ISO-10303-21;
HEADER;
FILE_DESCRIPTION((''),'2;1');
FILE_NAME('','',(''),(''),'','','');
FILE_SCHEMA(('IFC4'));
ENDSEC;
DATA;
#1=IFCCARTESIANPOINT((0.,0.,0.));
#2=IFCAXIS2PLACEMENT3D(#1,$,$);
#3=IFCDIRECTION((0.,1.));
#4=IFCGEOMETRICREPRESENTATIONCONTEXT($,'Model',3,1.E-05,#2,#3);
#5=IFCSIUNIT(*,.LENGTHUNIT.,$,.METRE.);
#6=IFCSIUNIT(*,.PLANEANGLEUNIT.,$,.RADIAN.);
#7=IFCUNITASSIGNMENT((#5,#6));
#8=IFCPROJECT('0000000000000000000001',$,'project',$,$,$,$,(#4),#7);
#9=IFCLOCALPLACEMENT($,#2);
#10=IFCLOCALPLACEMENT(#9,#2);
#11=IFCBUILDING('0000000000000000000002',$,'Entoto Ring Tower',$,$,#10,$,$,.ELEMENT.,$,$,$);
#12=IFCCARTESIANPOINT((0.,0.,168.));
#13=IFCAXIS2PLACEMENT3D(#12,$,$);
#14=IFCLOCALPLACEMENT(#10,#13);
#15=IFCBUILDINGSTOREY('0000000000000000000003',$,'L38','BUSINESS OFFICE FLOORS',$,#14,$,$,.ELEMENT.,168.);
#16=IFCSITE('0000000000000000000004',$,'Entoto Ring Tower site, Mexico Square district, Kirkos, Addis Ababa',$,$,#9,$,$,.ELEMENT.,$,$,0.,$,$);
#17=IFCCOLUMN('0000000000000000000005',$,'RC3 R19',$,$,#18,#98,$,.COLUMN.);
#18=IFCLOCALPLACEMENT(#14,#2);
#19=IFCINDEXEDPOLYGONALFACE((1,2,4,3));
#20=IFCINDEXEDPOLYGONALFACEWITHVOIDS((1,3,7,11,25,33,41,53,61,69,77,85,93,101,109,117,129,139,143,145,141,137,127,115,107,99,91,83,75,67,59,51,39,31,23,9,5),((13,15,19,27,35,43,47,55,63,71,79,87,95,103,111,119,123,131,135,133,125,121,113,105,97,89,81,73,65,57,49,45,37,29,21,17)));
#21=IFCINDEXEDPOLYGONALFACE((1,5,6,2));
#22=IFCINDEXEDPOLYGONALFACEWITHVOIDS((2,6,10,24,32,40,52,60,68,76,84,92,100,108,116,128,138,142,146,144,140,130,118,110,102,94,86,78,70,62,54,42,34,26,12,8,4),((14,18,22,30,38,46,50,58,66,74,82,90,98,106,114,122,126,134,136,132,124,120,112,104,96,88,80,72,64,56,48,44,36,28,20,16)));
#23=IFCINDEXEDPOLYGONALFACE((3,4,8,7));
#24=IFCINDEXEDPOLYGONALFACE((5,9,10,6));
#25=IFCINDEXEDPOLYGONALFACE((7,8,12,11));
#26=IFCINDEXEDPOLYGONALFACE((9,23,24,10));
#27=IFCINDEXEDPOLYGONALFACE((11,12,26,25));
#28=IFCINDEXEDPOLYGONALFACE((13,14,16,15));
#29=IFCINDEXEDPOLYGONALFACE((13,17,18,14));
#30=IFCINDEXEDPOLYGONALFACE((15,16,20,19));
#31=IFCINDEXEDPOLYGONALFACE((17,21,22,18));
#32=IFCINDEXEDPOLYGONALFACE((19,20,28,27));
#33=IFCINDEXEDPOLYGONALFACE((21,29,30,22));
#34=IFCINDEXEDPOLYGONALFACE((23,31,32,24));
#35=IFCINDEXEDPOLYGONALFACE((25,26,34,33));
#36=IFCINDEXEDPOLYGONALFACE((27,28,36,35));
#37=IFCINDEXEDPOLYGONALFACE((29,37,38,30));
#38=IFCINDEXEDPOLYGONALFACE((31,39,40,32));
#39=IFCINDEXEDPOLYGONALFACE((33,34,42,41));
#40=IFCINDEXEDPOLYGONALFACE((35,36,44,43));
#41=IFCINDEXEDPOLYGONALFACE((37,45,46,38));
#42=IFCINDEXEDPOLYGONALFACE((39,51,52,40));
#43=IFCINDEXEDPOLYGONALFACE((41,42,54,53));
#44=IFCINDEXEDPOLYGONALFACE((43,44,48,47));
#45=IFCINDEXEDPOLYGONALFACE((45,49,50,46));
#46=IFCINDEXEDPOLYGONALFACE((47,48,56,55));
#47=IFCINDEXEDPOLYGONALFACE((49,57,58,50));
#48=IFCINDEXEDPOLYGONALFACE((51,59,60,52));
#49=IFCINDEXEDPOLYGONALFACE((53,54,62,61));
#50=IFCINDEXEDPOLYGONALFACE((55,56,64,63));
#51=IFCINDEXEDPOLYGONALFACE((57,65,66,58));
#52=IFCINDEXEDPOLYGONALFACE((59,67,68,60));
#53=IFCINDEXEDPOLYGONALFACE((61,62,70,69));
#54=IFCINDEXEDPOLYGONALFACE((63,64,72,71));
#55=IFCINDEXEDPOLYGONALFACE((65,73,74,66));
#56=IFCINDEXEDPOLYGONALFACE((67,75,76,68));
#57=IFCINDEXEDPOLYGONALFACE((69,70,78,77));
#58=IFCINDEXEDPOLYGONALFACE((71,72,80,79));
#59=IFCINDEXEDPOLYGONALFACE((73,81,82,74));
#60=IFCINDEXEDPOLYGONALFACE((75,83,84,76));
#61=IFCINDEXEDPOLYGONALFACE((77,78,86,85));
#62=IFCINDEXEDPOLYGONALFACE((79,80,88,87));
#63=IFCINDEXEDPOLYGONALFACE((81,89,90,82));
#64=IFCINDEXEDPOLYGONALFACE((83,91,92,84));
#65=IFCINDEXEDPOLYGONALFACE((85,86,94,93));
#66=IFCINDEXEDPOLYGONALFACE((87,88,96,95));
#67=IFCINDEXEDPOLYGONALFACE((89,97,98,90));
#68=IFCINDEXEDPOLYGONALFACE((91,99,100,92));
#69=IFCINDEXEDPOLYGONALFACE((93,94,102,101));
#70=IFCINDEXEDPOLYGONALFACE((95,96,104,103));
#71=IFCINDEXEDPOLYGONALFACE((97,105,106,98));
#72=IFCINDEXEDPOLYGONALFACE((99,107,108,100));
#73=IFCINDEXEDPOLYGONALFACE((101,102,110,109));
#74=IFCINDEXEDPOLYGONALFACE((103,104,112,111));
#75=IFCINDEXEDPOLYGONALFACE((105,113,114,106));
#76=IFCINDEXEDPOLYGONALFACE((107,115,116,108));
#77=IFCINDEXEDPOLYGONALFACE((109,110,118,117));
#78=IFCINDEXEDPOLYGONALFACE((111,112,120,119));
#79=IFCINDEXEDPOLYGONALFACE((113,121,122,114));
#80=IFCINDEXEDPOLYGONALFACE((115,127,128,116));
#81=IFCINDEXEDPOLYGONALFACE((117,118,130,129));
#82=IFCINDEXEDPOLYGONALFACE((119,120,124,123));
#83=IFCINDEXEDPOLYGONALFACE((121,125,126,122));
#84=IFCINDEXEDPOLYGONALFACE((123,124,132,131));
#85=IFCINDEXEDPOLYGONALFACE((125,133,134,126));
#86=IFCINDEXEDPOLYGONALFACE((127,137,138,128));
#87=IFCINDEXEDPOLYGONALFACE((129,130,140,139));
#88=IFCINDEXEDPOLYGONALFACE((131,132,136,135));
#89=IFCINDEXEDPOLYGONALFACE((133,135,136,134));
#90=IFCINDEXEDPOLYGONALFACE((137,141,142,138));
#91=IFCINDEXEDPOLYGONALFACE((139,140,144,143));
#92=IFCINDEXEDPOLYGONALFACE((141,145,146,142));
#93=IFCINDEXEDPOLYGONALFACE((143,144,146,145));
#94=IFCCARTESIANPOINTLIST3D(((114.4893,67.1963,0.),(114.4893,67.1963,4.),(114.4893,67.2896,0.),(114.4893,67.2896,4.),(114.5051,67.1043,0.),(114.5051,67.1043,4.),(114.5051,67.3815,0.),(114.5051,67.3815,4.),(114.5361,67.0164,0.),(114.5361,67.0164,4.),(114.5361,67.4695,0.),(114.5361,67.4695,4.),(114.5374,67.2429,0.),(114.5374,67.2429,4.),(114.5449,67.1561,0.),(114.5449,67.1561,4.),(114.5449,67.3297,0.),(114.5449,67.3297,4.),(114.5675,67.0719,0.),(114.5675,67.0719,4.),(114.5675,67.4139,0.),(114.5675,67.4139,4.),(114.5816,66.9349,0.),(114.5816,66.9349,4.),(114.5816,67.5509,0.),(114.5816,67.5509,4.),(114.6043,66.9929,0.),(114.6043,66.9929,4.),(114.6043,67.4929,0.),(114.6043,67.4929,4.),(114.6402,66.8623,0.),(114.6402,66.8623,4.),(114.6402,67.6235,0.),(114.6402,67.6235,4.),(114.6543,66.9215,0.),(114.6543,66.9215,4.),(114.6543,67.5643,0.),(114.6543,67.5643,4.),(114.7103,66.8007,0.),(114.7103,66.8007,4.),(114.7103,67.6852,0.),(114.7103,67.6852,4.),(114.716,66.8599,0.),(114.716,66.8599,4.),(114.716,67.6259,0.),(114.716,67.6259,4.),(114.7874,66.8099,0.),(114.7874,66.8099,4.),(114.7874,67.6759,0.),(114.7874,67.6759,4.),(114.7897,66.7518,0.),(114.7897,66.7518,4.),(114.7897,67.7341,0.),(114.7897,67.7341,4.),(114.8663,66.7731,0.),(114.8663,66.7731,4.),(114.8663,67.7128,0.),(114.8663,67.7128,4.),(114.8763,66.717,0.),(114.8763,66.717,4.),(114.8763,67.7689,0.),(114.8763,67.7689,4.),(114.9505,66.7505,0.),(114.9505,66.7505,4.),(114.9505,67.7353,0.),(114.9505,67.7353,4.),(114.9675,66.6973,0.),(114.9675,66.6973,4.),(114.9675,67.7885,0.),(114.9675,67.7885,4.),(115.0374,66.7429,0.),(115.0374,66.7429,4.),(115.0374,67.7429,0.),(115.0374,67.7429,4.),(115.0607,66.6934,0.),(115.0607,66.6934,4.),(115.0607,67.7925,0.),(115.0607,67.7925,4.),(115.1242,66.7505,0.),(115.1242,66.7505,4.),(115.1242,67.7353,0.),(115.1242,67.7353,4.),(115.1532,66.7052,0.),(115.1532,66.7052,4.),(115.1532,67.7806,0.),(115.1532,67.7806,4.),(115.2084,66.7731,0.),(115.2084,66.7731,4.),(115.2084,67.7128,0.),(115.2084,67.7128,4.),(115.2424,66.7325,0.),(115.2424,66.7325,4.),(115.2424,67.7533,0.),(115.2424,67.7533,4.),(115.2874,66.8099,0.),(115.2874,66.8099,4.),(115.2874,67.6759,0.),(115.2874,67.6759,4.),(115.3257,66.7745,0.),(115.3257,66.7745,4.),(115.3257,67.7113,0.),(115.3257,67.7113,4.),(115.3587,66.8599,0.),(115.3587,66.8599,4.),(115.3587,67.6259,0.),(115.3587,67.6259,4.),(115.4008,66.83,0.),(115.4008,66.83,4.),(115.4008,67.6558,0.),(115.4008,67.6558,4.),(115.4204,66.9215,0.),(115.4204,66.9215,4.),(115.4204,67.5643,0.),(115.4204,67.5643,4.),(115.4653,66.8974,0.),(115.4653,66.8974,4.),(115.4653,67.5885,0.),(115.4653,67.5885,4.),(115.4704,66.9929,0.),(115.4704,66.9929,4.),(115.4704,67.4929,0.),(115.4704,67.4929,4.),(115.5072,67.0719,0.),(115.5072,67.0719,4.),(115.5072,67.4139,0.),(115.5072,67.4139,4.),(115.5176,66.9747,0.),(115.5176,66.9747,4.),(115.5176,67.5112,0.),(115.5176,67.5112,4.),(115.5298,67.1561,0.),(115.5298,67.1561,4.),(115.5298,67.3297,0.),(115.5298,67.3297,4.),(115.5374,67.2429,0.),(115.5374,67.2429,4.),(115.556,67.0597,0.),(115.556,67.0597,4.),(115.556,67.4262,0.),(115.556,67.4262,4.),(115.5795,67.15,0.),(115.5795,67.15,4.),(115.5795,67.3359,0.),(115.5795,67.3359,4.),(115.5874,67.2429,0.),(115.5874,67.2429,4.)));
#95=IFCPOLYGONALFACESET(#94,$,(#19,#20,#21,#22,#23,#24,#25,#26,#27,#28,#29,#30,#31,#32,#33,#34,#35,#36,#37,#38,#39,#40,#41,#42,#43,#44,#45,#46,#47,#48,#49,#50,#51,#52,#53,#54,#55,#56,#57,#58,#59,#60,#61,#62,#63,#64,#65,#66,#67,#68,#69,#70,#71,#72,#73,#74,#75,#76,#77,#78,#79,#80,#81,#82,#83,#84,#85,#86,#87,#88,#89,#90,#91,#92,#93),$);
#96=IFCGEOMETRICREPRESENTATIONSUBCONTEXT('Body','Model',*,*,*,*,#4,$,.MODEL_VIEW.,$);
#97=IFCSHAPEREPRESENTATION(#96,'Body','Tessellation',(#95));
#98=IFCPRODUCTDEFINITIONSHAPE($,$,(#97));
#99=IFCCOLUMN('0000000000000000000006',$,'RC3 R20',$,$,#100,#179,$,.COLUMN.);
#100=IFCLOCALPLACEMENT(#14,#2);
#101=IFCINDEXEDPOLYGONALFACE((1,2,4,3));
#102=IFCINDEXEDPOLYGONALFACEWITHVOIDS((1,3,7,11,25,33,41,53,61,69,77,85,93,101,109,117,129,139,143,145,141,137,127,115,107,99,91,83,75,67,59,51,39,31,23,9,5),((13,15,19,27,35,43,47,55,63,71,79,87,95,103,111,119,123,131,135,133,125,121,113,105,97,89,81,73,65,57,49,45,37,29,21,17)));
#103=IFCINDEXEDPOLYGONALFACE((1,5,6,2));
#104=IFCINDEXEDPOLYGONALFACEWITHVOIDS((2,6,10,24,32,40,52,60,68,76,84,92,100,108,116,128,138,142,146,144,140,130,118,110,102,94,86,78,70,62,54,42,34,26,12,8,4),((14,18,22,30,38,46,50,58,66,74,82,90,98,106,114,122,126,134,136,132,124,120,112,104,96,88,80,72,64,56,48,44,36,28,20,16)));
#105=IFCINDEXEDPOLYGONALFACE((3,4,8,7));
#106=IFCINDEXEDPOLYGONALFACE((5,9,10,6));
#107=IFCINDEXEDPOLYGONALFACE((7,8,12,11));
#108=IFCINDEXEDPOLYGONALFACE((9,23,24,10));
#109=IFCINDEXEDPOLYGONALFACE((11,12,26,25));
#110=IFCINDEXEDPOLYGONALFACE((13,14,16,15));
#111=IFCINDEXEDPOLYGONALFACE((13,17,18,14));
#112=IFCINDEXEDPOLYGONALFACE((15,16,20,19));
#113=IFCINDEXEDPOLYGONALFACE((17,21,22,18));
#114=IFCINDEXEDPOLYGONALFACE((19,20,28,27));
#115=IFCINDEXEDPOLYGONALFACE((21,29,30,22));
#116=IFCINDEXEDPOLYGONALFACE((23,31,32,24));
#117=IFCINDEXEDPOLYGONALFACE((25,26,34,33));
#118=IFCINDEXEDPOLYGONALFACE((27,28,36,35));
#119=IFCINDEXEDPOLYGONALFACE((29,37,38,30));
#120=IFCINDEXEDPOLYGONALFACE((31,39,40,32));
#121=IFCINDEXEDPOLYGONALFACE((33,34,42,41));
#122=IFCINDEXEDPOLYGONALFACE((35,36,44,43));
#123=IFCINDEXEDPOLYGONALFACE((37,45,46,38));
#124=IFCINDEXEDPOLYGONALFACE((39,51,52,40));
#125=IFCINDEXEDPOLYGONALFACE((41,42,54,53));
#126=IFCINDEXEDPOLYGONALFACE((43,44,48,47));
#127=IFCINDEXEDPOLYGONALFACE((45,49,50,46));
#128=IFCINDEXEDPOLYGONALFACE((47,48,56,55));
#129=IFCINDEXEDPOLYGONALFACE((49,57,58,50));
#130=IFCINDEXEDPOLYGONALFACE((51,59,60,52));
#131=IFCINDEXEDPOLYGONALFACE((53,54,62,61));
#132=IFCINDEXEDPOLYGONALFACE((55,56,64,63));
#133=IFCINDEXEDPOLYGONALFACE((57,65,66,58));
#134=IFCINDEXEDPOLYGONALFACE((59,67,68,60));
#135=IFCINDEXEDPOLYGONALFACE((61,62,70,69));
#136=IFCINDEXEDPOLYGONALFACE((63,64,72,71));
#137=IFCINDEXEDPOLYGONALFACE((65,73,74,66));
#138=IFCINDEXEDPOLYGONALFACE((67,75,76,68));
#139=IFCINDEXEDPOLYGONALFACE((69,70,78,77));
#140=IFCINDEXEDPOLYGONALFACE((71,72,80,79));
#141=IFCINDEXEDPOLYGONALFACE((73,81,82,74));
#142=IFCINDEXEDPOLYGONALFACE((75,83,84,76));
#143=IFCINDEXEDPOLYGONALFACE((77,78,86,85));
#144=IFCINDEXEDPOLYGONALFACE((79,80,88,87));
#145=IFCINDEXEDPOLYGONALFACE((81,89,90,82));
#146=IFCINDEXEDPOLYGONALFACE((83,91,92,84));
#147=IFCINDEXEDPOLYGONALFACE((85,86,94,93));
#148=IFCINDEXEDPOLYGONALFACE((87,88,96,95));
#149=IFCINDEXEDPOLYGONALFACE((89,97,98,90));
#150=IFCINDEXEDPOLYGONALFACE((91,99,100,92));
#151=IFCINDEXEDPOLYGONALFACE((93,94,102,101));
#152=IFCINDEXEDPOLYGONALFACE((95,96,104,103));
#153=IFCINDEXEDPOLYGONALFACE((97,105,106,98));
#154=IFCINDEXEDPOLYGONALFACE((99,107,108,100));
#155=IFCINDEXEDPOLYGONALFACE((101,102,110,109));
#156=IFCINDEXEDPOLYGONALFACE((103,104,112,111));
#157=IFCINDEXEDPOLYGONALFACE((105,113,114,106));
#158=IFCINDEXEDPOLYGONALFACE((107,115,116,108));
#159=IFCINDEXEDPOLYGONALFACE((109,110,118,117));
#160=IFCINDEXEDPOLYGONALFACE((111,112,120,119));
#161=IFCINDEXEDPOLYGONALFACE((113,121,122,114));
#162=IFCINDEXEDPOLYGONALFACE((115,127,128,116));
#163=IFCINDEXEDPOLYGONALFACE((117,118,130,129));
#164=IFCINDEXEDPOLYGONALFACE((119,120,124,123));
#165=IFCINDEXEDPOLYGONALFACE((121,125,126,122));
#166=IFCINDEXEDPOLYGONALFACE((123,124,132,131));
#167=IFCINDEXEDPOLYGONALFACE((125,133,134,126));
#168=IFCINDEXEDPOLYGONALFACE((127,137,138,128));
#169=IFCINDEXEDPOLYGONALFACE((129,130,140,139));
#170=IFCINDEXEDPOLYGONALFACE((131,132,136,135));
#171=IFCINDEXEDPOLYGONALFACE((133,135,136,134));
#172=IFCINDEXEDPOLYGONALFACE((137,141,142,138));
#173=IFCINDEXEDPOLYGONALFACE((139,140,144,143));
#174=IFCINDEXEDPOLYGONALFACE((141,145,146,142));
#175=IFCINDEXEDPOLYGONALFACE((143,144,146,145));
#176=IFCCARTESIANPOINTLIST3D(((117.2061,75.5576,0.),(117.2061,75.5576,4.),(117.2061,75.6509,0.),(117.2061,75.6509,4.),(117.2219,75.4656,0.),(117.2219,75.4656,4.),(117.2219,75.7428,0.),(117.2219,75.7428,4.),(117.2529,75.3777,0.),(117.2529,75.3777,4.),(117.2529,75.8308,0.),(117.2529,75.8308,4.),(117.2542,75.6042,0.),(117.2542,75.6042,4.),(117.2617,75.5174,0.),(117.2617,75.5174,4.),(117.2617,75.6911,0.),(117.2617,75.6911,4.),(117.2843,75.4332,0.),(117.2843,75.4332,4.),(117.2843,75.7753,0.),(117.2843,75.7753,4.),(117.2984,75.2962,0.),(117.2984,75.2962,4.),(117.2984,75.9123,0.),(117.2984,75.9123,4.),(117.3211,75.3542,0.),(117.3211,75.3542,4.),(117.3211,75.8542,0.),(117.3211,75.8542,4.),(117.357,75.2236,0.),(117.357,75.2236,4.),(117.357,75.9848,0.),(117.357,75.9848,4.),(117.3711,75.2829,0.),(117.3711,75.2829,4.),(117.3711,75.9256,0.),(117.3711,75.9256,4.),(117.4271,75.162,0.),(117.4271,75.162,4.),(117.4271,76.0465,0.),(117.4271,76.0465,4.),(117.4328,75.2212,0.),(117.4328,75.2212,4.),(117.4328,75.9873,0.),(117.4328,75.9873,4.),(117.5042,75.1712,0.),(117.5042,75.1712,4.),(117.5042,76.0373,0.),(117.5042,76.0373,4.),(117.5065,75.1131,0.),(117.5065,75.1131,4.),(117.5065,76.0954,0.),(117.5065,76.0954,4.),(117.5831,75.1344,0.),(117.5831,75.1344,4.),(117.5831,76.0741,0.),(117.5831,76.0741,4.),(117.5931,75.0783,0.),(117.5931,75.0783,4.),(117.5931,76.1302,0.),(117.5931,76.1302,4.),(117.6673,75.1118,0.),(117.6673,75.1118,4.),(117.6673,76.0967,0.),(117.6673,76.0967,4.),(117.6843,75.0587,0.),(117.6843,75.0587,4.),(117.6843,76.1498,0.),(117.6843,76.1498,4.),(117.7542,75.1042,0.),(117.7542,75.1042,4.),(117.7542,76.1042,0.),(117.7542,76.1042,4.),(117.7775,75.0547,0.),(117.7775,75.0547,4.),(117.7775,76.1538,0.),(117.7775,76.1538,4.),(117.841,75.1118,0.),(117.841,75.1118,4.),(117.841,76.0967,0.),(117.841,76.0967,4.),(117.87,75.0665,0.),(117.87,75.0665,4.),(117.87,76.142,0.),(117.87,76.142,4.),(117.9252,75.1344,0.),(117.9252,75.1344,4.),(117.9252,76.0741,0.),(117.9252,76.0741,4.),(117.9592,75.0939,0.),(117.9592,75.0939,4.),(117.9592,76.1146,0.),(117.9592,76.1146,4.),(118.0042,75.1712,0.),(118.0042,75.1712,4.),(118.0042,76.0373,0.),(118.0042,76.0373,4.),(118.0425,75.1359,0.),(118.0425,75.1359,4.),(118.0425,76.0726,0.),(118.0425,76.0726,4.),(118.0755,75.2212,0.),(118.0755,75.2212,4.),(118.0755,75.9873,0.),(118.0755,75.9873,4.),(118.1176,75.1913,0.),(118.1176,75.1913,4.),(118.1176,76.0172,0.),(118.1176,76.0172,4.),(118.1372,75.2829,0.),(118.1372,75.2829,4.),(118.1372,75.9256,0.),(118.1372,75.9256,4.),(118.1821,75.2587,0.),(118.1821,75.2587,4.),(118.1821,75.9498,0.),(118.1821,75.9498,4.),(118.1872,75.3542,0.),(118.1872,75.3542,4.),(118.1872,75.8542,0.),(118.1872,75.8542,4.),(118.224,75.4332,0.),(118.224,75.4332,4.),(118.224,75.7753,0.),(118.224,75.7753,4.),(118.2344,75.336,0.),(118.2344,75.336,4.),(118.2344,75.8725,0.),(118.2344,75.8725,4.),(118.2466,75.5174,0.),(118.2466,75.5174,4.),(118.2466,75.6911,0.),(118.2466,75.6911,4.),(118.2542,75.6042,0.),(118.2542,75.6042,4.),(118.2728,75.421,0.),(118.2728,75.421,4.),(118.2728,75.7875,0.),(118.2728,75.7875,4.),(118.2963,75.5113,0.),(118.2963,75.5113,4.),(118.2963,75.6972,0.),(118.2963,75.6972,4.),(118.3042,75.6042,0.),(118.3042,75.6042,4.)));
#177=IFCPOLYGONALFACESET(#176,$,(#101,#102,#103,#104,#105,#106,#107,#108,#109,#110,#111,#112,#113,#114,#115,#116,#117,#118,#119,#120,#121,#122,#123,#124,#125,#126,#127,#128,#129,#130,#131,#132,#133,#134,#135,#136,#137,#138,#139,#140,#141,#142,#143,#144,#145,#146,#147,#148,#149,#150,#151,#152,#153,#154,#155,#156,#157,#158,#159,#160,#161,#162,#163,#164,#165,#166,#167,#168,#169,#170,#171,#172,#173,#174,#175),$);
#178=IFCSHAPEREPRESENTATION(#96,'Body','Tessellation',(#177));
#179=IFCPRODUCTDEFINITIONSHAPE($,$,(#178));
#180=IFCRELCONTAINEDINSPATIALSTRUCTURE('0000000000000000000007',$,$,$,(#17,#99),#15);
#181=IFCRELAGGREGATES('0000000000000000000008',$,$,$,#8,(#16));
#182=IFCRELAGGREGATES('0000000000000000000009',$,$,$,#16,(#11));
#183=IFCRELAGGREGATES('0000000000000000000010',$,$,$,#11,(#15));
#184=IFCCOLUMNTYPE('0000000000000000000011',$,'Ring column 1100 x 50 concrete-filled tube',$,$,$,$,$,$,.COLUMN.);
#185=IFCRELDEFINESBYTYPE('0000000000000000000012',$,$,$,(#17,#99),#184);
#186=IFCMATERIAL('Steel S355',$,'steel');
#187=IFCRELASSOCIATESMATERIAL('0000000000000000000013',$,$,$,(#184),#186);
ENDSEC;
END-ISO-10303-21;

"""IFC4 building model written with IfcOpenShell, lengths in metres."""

from ifc_helpers import new_model, si_unit, direction, frame, origin, origin_2d, place, context, subcontext, project, spatial, circle, hollow_circle, extrude, material, material_profile, profile_set, type_object, element, save


model = new_model("IFC4")

# Units and contexts
model_context = context("Model", 3, precision=1e-05, world=origin(), true_north=direction((0.0, 1.0)))
body_context = subcontext(model_context, "Body", "Model", "MODEL_VIEW")
ifc_project = project(units=[si_unit("LENGTHUNIT", "METRE"), si_unit("PLANEANGLEUNIT", "RADIAN")], contexts=[model_context])

# Site, building, storey
site_placement = place(None, origin())
site = spatial("IfcSite", under=ifc_project, at=site_placement, Name="Entoto Ring Tower site, Mexico Square district, Kirkos, Addis Ababa", CompositionType="ELEMENT", RefElevation=0.0)
building_placement = place(site_placement, origin())
building = spatial("IfcBuilding", under=site, at=building_placement, Name="Entoto Ring Tower", CompositionType="ELEMENT")
storey_placement = place(building_placement, frame((0.0, 0.0, 168.0)))
storey = spatial("IfcBuildingStorey", under=building, at=storey_placement, Name="L38", Description="BUSINESS OFFICE FLOORS", CompositionType="ELEMENT", Elevation=168.0)

# Columns
ifc_material_1 = material(Name="Steel S355", Category="steel")
ifc_material_profile_1 = material_profile(ifc_material_1, hollow_circle(Radius=0.55, WallThickness=0.05, at=origin_2d()), Name="CHS 1100 x 50")
ifc_material_2 = material(Name="Concrete C60/75", Category="concrete")
ifc_material_profile_2 = material_profile(ifc_material_2, circle(Radius=0.5, at=origin_2d()), Name="Concrete C60/75 infill")
ifc_profile_set_1 = profile_set([ifc_material_profile_1, ifc_material_profile_2], Name="Steel S355")
column_type = type_object("IfcColumnType", Name="Ring column 1100 x 50 concrete-filled tube", PredefinedType="COLUMN", material=ifc_profile_set_1)
for number, where, z_axis, x_axis, name in (
    (1, (115.0374, 67.2429, 0.0), (0.0, 0.0, 1.0), (1.0, 0.0, 0.0), "RC3 R19"),
    (2, (117.7542, 75.6042, 0.0), (0.0, 0.0, 1.0), (1.0, 0.0, 0.0), "RC3 R20"),
):
    element("IfcColumn", number, at=place(storey_placement, frame(where, z_axis=z_axis, x_axis=x_axis)), inside=storey, type_object=column_type, Name=name, PredefinedType="COLUMN", context=body_context, shape_type="SweptSolid", body=[
        extrude(hollow_circle(Radius=0.55, WallThickness=0.05, at=origin_2d()), origin(), (0.0, 0.0, 1.0), 4.0),
    ])

save(model, "model.ifc")
